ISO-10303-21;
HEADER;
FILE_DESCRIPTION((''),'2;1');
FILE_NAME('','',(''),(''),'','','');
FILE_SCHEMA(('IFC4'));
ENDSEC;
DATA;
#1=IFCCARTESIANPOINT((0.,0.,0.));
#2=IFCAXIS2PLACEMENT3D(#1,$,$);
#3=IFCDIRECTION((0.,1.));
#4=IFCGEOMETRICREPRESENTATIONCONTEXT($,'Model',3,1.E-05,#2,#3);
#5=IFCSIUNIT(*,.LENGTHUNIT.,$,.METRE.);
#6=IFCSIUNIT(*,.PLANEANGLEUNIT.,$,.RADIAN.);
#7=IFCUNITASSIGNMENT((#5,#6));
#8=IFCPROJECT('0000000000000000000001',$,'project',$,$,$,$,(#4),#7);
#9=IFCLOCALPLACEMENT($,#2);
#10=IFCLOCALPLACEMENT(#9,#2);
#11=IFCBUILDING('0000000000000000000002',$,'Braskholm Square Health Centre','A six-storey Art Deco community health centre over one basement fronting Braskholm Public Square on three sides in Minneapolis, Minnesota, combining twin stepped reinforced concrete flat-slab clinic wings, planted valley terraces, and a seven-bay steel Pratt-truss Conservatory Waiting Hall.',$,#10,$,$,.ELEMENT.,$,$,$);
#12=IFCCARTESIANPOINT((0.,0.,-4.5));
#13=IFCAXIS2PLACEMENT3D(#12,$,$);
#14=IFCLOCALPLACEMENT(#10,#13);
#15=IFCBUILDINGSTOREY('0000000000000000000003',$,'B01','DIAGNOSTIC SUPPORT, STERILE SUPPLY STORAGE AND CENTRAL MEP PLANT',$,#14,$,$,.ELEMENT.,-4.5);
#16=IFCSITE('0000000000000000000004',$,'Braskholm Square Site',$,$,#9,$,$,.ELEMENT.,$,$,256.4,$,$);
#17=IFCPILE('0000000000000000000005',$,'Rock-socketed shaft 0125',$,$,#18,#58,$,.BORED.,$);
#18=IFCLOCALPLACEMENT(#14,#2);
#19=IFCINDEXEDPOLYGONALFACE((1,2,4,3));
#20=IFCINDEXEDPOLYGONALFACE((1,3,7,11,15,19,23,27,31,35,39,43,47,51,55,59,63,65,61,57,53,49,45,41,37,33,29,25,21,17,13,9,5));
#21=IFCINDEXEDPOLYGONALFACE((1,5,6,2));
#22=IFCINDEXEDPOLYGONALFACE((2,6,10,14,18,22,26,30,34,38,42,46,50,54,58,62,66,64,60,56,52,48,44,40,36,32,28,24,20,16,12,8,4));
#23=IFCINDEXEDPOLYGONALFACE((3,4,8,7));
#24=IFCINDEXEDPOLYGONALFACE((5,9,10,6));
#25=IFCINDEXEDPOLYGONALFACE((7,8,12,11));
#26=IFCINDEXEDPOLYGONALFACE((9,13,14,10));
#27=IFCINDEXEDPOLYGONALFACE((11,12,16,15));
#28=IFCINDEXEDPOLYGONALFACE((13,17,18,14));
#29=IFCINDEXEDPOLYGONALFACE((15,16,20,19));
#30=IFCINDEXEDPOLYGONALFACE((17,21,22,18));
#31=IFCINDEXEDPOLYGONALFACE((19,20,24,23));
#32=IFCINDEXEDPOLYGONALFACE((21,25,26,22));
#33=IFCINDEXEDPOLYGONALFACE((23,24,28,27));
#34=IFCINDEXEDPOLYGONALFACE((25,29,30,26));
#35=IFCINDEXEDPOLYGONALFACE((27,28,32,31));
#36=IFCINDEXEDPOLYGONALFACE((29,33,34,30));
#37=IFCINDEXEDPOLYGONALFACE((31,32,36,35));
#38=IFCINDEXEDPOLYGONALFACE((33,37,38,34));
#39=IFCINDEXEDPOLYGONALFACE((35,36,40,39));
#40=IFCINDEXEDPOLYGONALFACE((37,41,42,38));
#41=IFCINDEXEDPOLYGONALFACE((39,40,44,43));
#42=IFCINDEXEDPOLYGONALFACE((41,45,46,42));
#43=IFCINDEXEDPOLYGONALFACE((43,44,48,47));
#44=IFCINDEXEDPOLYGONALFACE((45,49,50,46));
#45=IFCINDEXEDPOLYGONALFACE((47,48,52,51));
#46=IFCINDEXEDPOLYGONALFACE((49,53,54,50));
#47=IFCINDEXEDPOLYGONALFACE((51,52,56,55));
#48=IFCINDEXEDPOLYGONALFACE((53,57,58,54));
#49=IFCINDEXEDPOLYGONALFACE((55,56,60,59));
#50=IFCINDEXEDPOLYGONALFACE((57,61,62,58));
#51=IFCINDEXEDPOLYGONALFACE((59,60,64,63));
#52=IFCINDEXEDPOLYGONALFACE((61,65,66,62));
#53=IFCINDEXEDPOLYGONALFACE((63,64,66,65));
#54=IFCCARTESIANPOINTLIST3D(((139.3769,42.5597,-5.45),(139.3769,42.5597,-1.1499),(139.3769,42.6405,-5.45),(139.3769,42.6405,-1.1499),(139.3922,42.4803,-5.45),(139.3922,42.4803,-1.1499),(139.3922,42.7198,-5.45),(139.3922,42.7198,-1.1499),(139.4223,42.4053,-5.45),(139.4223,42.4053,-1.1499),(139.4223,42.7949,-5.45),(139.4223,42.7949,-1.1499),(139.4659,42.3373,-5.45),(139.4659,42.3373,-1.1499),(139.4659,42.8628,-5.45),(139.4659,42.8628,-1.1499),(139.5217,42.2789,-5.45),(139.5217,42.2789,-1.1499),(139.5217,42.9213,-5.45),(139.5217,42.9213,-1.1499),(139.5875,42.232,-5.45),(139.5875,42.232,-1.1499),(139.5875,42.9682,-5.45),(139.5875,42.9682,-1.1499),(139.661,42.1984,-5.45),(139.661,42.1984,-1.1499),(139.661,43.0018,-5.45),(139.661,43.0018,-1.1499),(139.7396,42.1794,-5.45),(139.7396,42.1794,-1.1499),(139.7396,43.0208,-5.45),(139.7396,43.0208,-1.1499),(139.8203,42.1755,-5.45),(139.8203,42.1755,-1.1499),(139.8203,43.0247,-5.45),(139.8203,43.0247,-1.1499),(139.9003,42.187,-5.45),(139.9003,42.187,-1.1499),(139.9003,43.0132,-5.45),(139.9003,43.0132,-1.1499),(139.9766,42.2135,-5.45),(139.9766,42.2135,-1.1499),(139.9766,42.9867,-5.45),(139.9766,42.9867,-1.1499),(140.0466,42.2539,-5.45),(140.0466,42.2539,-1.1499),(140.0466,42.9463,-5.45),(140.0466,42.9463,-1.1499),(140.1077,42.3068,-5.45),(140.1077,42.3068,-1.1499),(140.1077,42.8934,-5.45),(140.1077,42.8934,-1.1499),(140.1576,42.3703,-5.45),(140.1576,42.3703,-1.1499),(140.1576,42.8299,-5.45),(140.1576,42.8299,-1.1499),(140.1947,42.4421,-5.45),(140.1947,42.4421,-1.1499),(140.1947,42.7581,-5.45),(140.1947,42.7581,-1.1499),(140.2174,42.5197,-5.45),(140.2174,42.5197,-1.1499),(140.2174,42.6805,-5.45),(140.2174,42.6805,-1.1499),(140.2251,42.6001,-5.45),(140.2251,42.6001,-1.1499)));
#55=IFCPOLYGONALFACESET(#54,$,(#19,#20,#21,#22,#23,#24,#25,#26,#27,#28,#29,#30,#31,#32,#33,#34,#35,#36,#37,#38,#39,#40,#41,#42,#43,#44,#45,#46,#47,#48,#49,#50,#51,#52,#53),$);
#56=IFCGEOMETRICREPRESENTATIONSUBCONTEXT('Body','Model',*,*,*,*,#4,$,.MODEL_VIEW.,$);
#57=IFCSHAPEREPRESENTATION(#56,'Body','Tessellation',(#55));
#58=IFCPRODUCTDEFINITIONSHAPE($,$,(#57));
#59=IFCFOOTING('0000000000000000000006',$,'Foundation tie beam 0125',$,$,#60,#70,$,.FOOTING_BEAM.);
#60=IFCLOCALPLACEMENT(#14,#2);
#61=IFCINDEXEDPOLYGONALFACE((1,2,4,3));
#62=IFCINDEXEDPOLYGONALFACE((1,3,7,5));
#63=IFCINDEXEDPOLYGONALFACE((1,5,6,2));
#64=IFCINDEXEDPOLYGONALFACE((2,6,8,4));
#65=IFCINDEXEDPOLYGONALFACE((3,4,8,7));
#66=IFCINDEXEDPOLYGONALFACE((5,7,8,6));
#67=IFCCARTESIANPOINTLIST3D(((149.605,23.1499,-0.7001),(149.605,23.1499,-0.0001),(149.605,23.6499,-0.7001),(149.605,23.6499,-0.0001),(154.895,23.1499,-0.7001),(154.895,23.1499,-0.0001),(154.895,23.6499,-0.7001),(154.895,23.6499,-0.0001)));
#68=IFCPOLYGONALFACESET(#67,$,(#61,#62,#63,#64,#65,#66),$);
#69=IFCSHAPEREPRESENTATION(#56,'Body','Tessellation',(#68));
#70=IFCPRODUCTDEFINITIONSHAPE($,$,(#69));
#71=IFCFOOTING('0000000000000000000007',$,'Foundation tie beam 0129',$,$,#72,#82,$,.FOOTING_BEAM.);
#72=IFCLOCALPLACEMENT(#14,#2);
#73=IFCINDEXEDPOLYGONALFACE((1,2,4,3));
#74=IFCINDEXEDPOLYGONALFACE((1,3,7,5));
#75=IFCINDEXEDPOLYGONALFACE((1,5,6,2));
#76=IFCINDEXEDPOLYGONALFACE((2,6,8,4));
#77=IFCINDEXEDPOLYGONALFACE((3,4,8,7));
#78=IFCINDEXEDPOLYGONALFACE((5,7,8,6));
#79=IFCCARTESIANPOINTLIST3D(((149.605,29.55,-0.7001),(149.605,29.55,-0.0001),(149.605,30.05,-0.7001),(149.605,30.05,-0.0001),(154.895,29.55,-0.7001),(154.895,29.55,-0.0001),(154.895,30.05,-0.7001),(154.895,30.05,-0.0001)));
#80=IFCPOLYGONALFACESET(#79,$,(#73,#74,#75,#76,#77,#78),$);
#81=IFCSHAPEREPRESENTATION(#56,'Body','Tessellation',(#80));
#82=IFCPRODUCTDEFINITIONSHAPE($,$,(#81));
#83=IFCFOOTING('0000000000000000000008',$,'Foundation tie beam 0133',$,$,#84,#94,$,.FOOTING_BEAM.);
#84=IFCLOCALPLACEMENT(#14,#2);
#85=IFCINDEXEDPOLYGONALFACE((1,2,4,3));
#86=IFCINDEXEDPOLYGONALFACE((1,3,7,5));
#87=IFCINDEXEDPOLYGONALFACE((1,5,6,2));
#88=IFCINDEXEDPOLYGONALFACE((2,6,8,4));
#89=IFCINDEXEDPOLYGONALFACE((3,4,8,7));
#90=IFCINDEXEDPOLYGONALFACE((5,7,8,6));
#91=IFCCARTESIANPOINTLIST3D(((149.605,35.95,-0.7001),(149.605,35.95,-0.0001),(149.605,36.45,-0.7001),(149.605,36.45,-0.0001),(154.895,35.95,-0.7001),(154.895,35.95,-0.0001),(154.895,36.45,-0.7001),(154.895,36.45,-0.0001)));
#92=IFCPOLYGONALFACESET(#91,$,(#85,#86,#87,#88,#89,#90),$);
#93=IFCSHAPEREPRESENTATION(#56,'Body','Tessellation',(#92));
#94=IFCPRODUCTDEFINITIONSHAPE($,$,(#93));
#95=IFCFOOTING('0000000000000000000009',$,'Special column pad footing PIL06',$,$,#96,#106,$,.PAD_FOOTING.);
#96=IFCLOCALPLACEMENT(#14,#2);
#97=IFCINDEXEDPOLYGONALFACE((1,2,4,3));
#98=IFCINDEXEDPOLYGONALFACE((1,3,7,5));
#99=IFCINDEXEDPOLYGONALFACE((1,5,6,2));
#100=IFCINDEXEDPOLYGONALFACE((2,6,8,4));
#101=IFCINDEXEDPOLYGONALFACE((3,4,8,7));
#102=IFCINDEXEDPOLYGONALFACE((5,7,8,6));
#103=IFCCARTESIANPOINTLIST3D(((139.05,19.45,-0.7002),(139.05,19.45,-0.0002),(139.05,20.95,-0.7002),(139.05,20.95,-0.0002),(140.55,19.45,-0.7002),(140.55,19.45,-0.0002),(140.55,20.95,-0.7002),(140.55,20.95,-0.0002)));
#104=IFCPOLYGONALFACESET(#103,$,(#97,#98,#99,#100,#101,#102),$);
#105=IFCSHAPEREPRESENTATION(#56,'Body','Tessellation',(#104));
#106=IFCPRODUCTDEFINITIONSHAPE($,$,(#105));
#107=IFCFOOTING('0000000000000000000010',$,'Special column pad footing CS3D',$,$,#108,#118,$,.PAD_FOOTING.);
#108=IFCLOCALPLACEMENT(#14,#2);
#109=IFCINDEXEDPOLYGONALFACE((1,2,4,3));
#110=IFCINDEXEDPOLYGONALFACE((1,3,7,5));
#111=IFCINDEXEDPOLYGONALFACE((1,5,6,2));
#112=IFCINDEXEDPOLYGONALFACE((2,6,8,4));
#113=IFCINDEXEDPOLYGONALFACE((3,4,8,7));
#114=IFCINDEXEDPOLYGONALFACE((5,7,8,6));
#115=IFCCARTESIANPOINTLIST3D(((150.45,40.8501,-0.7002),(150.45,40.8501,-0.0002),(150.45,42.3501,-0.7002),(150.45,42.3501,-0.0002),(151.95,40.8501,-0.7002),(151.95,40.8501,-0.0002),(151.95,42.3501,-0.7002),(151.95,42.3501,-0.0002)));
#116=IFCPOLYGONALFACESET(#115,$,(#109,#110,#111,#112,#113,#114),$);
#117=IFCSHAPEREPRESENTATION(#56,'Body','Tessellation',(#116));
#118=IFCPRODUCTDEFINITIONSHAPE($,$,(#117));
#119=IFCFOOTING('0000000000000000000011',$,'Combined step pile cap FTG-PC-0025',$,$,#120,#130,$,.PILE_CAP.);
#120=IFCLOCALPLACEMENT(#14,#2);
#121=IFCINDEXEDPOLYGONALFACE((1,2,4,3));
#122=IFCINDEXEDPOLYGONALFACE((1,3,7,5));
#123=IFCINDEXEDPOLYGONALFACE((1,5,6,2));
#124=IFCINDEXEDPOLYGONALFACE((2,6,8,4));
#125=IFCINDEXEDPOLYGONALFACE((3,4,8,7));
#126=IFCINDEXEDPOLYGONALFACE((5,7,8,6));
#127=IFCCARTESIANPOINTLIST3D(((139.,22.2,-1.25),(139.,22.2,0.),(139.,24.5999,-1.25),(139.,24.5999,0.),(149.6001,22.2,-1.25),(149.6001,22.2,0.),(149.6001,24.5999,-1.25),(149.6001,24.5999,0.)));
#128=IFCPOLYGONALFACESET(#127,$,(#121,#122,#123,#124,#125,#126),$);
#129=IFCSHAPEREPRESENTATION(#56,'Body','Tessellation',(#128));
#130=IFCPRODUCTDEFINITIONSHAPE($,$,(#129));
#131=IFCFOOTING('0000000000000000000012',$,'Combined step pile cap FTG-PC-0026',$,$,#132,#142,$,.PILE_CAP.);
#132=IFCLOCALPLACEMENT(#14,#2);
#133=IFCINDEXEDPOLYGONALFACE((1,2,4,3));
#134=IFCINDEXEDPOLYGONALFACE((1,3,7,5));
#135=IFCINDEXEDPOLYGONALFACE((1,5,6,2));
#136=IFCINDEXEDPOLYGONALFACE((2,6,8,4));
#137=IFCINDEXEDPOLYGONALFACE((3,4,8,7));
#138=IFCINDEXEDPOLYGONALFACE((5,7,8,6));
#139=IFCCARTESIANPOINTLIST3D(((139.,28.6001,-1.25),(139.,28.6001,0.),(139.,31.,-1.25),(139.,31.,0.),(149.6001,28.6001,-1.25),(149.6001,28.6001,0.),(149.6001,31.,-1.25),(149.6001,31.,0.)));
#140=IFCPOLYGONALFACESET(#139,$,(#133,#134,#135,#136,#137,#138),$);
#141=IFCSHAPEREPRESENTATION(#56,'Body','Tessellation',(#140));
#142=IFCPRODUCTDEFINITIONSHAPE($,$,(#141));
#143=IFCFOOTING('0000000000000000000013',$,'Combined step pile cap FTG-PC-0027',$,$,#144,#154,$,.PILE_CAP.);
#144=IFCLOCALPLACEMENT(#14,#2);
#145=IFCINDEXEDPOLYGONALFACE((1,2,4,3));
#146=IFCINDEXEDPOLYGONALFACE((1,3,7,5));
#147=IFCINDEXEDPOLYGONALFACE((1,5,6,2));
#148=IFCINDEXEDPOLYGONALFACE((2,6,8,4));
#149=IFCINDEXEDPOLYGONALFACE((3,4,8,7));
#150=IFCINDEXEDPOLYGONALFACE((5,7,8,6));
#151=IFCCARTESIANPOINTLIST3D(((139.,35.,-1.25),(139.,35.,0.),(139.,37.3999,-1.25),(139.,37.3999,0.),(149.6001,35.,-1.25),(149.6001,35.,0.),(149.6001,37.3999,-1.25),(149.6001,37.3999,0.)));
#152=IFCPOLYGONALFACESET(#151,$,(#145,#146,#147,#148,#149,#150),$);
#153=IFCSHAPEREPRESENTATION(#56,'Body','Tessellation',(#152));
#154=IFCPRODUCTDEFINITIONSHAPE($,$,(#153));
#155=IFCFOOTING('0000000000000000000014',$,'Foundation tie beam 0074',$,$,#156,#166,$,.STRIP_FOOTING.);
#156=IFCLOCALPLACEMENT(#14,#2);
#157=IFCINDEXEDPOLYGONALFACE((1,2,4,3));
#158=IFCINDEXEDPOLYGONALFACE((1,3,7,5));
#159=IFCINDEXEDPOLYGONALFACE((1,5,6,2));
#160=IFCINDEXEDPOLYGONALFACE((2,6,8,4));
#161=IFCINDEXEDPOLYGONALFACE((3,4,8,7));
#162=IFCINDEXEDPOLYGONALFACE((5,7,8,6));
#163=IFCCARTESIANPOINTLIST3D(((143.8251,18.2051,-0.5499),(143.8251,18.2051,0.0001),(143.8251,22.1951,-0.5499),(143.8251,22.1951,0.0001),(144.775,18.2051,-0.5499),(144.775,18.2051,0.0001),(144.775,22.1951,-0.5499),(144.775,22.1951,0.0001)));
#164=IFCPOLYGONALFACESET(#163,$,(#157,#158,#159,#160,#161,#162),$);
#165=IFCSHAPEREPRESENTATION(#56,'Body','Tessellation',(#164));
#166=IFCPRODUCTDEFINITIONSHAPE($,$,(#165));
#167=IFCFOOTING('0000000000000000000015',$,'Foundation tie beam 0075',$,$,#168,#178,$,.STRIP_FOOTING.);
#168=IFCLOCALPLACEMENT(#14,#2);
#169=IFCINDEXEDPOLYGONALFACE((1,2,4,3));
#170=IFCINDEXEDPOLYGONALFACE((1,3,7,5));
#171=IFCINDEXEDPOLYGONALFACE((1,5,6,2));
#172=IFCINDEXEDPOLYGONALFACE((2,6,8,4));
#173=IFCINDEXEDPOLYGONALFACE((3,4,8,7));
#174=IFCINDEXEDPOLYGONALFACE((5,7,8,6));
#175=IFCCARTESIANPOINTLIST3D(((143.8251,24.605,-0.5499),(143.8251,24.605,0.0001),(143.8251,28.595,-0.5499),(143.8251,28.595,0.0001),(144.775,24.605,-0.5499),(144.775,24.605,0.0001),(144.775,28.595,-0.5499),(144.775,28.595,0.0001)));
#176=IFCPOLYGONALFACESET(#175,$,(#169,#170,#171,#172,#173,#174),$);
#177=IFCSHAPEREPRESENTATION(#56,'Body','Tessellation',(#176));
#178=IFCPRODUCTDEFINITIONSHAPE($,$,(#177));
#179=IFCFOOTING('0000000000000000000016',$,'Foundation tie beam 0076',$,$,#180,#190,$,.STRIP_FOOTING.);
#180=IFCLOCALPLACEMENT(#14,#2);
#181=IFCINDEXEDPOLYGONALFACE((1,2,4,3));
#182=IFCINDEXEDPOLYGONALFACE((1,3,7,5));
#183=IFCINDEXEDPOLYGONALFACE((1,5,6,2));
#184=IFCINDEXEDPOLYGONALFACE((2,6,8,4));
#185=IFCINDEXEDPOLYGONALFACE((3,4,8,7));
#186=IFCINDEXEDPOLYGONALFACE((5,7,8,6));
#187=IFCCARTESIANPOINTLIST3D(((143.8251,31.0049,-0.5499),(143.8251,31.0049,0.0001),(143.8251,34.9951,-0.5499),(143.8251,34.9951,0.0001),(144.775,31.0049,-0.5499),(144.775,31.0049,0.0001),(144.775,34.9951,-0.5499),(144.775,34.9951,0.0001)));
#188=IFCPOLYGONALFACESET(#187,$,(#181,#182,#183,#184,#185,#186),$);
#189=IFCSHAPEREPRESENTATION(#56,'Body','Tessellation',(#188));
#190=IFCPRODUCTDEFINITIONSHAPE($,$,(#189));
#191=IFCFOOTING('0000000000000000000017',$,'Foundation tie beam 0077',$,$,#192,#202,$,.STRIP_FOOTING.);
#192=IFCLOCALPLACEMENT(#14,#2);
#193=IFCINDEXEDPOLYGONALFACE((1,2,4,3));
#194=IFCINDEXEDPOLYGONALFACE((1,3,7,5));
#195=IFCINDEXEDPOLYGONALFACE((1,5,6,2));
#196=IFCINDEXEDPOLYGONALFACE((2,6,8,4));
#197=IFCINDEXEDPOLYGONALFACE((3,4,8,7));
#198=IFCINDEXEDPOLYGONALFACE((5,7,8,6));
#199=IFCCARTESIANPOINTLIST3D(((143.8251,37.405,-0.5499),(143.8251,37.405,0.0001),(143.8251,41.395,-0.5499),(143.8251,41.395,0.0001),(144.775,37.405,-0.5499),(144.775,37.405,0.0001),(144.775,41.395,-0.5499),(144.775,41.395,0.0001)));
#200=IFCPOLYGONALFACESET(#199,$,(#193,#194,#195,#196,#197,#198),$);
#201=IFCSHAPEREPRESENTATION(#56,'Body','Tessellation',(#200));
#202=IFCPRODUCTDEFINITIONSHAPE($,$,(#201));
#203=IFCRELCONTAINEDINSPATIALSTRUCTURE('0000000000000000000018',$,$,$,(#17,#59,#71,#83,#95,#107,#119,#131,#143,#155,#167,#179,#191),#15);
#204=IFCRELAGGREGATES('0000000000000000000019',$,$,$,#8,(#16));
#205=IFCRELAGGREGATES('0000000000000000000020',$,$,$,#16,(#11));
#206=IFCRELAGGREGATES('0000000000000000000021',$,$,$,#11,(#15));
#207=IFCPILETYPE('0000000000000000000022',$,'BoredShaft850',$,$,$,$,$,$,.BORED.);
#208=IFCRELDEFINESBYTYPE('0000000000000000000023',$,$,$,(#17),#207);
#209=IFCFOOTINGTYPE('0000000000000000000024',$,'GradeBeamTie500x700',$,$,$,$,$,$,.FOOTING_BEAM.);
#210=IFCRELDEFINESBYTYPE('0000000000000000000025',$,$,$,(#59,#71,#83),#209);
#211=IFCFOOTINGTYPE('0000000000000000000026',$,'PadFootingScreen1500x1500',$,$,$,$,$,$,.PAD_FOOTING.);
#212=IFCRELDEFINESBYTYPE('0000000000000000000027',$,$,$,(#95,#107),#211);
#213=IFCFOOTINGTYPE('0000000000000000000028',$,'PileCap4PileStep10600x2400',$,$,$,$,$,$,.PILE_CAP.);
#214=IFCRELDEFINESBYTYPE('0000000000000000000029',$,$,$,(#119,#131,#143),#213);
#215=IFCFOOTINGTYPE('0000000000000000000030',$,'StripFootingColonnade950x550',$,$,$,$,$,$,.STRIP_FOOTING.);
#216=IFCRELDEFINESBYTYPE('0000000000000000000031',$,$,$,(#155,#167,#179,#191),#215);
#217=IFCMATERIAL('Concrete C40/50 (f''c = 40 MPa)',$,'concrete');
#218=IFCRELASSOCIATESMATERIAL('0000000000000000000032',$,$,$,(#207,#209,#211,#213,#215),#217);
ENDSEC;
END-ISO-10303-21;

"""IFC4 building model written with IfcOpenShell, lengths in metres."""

from ifc_helpers import new_model, si_unit, direction, frame, origin, origin_2d, place, context, subcontext, project, spatial, rectangle, circle, extrude, material, material_profile, profile_set, type_object, element, save


model = new_model("IFC4")

# Units and contexts
model_context = context("Model", 3, precision=1e-05, world=origin(), true_north=direction((0.0, 1.0)))
body_context = subcontext(model_context, "Body", "Model", "MODEL_VIEW")
ifc_project = project(units=[si_unit("LENGTHUNIT", "METRE"), si_unit("PLANEANGLEUNIT", "RADIAN")], contexts=[model_context])

# Site, building, storey
site_placement = place(None, origin())
site = spatial("IfcSite", under=ifc_project, at=site_placement, Name="Braskholm Square Site", CompositionType="ELEMENT", RefElevation=256.4)
building_placement = place(site_placement, origin())
building = spatial("IfcBuilding", under=site, at=building_placement, Name="Braskholm Square Health Centre", Description="A six-storey Art Deco community health centre over one basement fronting Braskholm Public Square on three sides in Minneapolis, Minnesota, combining twin stepped reinforced concrete flat-slab clinic wings, planted valley terraces, and a seven-bay steel Pratt-truss Conservatory Waiting Hall.", CompositionType="ELEMENT")
storey_placement = place(building_placement, frame((0.0, 0.0, -4.5)))
storey = spatial("IfcBuildingStorey", under=building, at=storey_placement, Name="B01", Description="DIAGNOSTIC SUPPORT, STERILE SUPPLY STORAGE AND CENTRAL MEP PLANT", CompositionType="ELEMENT", Elevation=-4.5)

# Pile
ifc_material_1 = material(Name="Concrete C40/50 (f'c = 40 MPa)", Category="concrete")
ifc_material_profile_1 = material_profile(ifc_material_1, circle(Radius=0.425, at=origin_2d()), Name="BORED-PILE-850")
ifc_profile_set_1 = profile_set([ifc_material_profile_1], Name="Concrete C40/50 (f'c = 40 MPa)")
pile_type = type_object("IfcPileType", Name="BoredShaft850", PredefinedType="BORED", material=ifc_profile_set_1)
for number, where, z_axis, x_axis, name in (
    (1, (139.8, 42.6001, -1.1499), (0.0, 0.0, -1.0), (1.0, 0.0, 0.0), "Rock-socketed shaft 0125"),
):
    element("IfcPile", number, at=place(storey_placement, frame(where, z_axis=z_axis, x_axis=x_axis)), inside=storey, type_object=pile_type, Name=name, PredefinedType="BORED", context=body_context, shape_type="SweptSolid", body=[
        extrude(circle(Radius=0.425, at=origin_2d()), origin(), (0.0, 0.0, 1.0), 4.3),
    ])

# Footings
ifc_material_profile_2 = material_profile(ifc_material_1, rectangle(XDim=0.5, YDim=0.7, at=origin_2d()), Name="FTG-500X700")
ifc_profile_set_2 = profile_set([ifc_material_profile_2], Name="Concrete C40/50 (f'c = 40 MPa)")
footing_type_1 = type_object("IfcFootingType", Name="GradeBeamTie500x700", PredefinedType="FOOTING_BEAM", material=ifc_profile_set_2)
for number, where, z_axis, x_axis, name in (
    (2, (149.605, 23.3999, -0.3501), (1.0, 0.0, 0.0), (0.0, 1.0, 0.0), "Foundation tie beam 0125"),
    (3, (149.605, 29.8, -0.3501), (1.0, 0.0, 0.0), (0.0, 1.0, 0.0), "Foundation tie beam 0129"),
    (4, (149.605, 36.2, -0.3501), (1.0, 0.0, 0.0), (0.0, 1.0, 0.0), "Foundation tie beam 0133"),
):
    element("IfcFooting", number, at=place(storey_placement, frame(where, z_axis=z_axis, x_axis=x_axis)), inside=storey, type_object=footing_type_1, Name=name, PredefinedType="FOOTING_BEAM", context=body_context, shape_type="SweptSolid", body=[
        extrude(rectangle(XDim=0.5, YDim=0.7, at=origin_2d()), origin(), (0.0, 0.0, 1.0), 5.29),
    ])
footing_type_2 = type_object("IfcFootingType", Name="PadFootingScreen1500x1500", PredefinedType="PAD_FOOTING", material=ifc_material_1)
for number, where, z_axis, x_axis, name in (
    (5, (139.8, 20.2, -0.7002), (0.0, 0.0, 1.0), (1.0, 0.0, 0.0), "Special column pad footing PIL06"),
    (6, (151.2, 41.6001, -0.7002), (0.0, 0.0, 1.0), (1.0, 0.0, 0.0), "Special column pad footing CS3D"),
):
    element("IfcFooting", number, at=place(storey_placement, frame(where, z_axis=z_axis, x_axis=x_axis)), inside=storey, type_object=footing_type_2, Name=name, PredefinedType="PAD_FOOTING", context=body_context, shape_type="SweptSolid", body=[
        extrude(rectangle(XDim=1.5, YDim=1.5, at=origin_2d()), origin(), (0.0, 0.0, 1.0), 0.7),
    ])
footing_type_3 = type_object("IfcFootingType", Name="PileCap4PileStep10600x2400", PredefinedType="PILE_CAP", material=ifc_material_1)
for number, where, z_axis, x_axis, name in (
    (7, (144.3, 23.3999, -1.25), (0.0, 0.0, 1.0), (1.0, 0.0, 0.0), "Combined step pile cap FTG-PC-0025"),
    (8, (144.3, 29.8, -1.25), (0.0, 0.0, 1.0), (1.0, 0.0, 0.0), "Combined step pile cap FTG-PC-0026"),
    (9, (144.3, 36.2, -1.25), (0.0, 0.0, 1.0), (1.0, 0.0, 0.0), "Combined step pile cap FTG-PC-0027"),
):
    element("IfcFooting", number, at=place(storey_placement, frame(where, z_axis=z_axis, x_axis=x_axis)), inside=storey, type_object=footing_type_3, Name=name, PredefinedType="PILE_CAP", context=body_context, shape_type="SweptSolid", body=[
        extrude(rectangle(XDim=10.6001, YDim=2.3999, at=origin_2d()), origin(), (0.0, 0.0, 1.0), 1.25),
    ])
ifc_material_profile_3 = material_profile(ifc_material_1, rectangle(XDim=0.95, YDim=0.55, at=origin_2d()), Name="FTG-950X550")
ifc_profile_set_3 = profile_set([ifc_material_profile_3], Name="Concrete C40/50 (f'c = 40 MPa)")
footing_type_4 = type_object("IfcFootingType", Name="StripFootingColonnade950x550", PredefinedType="STRIP_FOOTING", material=ifc_profile_set_3)
for number, where, z_axis, x_axis, name in (
    (10, (144.3, 18.2051, -0.2749), (0.0, 1.0, 0.0), (-1.0, 0.0, 0.0), "Foundation tie beam 0074"),
    (11, (144.3, 24.605, -0.2749), (0.0, 1.0, 0.0), (-1.0, 0.0, 0.0), "Foundation tie beam 0075"),
):
    element("IfcFooting", number, at=place(storey_placement, frame(where, z_axis=z_axis, x_axis=x_axis)), inside=storey, type_object=footing_type_4, Name=name, PredefinedType="STRIP_FOOTING", context=body_context, shape_type="SweptSolid", body=[
        extrude(rectangle(XDim=0.95, YDim=0.55, at=origin_2d()), origin(), (0.0, 0.0, 1.0), 3.99),
    ])
footing_1_placement = place(storey_placement, frame((144.3, 31.0049, -0.2749), z_axis=(0.0, 1.0, 0.0), x_axis=(-1.0, 0.0, 0.0)))
element("IfcFooting", 12, at=footing_1_placement, inside=storey, type_object=footing_type_4, Name="Foundation tie beam 0076", PredefinedType="STRIP_FOOTING", context=body_context, shape_type="SweptSolid", body=[
    extrude(rectangle(XDim=0.95, YDim=0.55, at=origin_2d()), origin(), (0.0, 0.0, 1.0), 3.9902),
])
footing_2_placement = place(storey_placement, frame((144.3, 37.405, -0.2749), z_axis=(0.0, 1.0, 0.0), x_axis=(-1.0, 0.0, 0.0)))
element("IfcFooting", 13, at=footing_2_placement, inside=storey, type_object=footing_type_4, Name="Foundation tie beam 0077", PredefinedType="STRIP_FOOTING", context=body_context, shape_type="SweptSolid", body=[
    extrude(rectangle(XDim=0.95, YDim=0.55, at=origin_2d()), origin(), (0.0, 0.0, 1.0), 3.99),
])

save(model, "model.ifc")
